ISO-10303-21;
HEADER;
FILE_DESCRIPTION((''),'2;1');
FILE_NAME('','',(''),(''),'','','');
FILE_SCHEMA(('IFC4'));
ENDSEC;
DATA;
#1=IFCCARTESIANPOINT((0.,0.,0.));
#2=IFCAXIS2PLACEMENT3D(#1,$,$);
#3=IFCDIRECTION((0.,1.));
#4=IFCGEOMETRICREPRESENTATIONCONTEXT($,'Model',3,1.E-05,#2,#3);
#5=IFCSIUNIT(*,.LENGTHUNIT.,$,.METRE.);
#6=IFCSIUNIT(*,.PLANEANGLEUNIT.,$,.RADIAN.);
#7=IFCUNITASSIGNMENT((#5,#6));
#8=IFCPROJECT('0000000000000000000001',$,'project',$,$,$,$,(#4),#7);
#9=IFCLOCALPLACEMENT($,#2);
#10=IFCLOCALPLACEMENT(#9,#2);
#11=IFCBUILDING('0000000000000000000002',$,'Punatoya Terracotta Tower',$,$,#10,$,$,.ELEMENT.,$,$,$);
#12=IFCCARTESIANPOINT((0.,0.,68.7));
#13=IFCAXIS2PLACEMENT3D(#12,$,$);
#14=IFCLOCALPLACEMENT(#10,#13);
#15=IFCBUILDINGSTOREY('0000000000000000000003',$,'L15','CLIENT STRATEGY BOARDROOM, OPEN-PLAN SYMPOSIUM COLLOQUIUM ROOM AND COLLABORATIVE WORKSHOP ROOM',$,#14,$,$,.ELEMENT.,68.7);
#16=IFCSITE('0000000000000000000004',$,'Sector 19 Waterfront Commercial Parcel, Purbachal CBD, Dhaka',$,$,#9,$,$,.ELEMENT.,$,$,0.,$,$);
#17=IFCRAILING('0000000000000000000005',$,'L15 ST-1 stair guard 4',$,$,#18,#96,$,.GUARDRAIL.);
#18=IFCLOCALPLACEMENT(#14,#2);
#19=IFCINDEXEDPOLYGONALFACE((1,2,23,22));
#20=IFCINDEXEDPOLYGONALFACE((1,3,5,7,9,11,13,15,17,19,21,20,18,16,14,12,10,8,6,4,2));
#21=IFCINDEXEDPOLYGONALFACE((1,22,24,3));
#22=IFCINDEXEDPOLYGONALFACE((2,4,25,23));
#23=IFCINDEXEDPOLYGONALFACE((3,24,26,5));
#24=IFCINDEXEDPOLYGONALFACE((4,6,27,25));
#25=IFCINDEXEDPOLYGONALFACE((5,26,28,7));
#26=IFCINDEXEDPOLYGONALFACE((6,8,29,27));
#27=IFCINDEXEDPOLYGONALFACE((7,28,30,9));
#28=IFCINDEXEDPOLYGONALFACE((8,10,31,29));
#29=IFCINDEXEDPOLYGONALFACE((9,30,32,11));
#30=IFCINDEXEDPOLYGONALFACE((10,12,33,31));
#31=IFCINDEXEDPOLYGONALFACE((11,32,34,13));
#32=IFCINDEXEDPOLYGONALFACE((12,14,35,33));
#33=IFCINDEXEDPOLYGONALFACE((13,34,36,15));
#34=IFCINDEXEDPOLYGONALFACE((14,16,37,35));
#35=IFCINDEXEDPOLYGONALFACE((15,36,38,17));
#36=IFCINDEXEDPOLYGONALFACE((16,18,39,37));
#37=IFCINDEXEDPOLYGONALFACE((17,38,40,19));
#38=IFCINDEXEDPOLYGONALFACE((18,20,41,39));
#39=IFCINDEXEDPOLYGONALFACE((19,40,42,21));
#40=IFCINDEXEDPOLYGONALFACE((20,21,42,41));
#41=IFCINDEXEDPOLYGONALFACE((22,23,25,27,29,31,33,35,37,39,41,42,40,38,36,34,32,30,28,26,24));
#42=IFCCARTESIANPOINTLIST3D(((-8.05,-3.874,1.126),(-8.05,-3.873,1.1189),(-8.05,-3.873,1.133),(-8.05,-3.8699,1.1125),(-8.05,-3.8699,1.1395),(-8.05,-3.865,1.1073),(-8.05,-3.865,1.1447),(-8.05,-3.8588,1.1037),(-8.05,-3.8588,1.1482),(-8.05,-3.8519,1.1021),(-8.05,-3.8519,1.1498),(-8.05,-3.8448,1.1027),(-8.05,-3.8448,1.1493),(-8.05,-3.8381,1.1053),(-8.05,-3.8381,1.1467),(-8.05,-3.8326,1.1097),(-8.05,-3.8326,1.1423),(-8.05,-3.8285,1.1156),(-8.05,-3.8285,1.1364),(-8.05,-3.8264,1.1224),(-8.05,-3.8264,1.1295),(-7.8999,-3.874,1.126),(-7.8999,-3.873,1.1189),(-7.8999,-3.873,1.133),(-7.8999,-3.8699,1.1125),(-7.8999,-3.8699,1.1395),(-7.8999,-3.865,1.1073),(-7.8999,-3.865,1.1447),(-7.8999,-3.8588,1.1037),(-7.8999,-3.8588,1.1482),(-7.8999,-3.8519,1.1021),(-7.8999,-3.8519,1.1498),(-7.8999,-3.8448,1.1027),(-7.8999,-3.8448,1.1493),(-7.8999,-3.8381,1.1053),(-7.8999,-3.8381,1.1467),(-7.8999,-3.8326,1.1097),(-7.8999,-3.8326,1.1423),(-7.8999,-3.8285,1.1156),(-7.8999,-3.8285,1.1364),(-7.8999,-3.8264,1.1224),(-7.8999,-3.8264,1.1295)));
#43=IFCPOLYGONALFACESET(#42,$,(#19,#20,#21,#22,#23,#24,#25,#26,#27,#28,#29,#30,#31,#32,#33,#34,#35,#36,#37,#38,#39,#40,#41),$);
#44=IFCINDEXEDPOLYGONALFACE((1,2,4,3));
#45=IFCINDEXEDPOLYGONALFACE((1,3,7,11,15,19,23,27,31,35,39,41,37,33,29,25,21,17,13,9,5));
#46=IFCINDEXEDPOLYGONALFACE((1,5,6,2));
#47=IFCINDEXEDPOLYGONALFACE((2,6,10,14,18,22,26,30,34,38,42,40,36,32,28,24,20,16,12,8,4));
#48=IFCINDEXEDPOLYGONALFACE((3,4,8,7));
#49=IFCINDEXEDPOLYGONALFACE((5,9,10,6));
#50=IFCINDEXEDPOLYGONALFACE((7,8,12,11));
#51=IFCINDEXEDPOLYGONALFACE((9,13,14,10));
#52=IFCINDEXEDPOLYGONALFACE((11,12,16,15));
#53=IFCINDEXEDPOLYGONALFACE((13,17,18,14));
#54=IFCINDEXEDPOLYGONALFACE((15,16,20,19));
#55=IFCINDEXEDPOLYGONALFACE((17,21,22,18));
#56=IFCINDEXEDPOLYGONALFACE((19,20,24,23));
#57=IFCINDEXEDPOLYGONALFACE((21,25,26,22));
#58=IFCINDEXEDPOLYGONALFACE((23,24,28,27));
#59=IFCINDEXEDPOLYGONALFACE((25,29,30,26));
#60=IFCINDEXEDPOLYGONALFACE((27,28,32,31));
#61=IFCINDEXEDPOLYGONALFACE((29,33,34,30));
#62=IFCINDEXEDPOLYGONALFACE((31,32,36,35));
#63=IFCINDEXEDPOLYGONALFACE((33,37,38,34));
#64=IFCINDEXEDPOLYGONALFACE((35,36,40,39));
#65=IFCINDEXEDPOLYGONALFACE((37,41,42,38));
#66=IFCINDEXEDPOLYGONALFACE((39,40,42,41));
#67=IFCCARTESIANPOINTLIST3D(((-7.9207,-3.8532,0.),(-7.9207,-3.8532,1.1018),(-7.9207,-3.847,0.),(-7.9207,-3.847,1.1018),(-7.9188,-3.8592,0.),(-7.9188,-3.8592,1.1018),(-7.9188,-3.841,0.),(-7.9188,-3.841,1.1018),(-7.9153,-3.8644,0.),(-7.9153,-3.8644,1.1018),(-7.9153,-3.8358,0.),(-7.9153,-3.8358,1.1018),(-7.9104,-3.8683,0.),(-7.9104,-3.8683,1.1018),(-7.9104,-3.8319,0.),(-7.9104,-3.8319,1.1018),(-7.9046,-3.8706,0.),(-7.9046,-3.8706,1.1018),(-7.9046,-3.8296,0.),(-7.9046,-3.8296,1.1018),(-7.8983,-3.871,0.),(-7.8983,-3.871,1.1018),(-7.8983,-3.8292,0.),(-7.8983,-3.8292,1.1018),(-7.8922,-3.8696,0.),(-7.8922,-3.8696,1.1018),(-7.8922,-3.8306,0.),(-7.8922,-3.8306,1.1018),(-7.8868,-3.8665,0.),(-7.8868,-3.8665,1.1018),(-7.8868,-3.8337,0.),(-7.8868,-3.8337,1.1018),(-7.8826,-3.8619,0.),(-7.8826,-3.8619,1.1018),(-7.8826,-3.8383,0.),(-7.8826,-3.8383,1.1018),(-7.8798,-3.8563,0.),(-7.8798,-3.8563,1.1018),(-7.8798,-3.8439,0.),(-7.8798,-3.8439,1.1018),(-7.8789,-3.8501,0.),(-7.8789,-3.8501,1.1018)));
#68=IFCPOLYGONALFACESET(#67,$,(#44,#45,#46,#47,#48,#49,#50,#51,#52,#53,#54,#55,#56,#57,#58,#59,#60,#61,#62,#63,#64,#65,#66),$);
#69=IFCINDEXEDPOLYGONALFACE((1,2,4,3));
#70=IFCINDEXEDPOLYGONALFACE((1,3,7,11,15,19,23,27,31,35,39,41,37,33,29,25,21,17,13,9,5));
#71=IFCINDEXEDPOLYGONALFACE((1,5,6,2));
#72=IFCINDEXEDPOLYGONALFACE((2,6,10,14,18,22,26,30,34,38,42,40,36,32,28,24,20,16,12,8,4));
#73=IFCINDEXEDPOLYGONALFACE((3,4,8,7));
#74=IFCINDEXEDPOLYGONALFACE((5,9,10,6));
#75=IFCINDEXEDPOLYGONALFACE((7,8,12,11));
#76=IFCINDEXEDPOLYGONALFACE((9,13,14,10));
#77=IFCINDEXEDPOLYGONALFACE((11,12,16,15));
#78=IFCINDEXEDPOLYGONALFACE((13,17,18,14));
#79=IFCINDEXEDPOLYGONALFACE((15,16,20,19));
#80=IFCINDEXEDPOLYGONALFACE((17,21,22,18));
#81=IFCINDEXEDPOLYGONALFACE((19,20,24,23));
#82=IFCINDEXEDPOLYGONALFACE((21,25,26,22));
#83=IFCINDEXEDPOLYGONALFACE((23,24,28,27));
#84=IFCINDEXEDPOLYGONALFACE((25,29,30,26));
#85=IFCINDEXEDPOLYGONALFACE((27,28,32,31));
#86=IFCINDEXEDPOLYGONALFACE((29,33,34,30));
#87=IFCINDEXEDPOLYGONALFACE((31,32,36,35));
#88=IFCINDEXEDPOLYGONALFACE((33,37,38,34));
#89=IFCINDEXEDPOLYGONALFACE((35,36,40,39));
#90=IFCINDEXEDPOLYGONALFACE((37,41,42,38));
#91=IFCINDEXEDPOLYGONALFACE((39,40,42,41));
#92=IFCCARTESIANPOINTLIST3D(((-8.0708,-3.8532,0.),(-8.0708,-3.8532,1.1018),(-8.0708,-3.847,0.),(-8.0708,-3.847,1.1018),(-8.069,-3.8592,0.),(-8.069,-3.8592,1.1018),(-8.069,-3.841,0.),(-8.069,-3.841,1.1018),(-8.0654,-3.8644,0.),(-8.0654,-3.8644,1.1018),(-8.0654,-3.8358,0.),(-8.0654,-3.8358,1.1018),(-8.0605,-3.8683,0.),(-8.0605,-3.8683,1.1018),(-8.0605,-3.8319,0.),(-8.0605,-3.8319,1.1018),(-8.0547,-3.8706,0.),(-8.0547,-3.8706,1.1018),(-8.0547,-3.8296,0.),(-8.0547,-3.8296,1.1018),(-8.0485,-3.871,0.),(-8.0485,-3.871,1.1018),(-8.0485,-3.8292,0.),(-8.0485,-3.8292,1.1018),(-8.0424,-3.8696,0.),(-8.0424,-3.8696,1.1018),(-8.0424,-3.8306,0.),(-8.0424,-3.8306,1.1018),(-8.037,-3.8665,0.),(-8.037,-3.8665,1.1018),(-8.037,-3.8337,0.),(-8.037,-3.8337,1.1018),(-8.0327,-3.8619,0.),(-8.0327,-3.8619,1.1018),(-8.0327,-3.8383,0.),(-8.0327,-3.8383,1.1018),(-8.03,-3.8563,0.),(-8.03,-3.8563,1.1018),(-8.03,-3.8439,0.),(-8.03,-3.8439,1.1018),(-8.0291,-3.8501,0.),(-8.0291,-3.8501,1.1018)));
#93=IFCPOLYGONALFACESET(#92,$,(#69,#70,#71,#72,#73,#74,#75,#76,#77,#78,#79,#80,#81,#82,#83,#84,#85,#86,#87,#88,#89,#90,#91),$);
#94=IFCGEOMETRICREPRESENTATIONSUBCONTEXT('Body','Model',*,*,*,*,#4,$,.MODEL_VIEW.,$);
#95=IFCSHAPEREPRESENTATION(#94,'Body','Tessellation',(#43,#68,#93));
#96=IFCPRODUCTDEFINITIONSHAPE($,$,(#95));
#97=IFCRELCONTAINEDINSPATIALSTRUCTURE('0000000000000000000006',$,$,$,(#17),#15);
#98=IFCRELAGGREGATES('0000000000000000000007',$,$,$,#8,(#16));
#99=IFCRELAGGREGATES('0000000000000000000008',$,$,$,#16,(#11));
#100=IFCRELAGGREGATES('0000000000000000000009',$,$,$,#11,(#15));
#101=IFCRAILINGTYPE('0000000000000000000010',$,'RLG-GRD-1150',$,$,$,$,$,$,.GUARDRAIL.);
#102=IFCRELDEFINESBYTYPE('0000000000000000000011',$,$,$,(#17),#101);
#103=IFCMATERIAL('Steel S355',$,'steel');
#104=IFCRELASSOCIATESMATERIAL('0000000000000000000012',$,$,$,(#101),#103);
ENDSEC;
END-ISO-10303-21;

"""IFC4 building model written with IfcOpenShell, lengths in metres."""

from ifc_helpers import new_model, si_unit, direction, frame, origin, origin_2d, place, context, subcontext, project, spatial, circle, extrude, material, type_object, element, save


model = new_model("IFC4")

# Units and contexts
model_context = context("Model", 3, precision=1e-05, world=origin(), true_north=direction((0.0, 1.0)))
body_context = subcontext(model_context, "Body", "Model", "MODEL_VIEW")
ifc_project = project(units=[si_unit("LENGTHUNIT", "METRE"), si_unit("PLANEANGLEUNIT", "RADIAN")], contexts=[model_context])

# Site, building, storey
site_placement = place(None, origin())
site = spatial("IfcSite", under=ifc_project, at=site_placement, Name="Sector 19 Waterfront Commercial Parcel, Purbachal CBD, Dhaka", CompositionType="ELEMENT", RefElevation=0.0)
building_placement = place(site_placement, origin())
building = spatial("IfcBuilding", under=site, at=building_placement, Name="Punatoya Terracotta Tower", CompositionType="ELEMENT")
storey_placement = place(building_placement, frame((0.0, 0.0, 68.7)))
storey = spatial("IfcBuildingStorey", under=building, at=storey_placement, Name="L15", Description="CLIENT STRATEGY BOARDROOM, OPEN-PLAN SYMPOSIUM COLLOQUIUM ROOM AND COLLABORATIVE WORKSHOP ROOM", CompositionType="ELEMENT", Elevation=68.7)

# Railing
ifc_material_1 = material(Name="Steel S355", Category="steel")
railing_type_1 = type_object("IfcRailingType", Name="RLG-GRD-1150", PredefinedType="GUARDRAIL", material=ifc_material_1)
railing_1_placement = place(storey_placement, frame((-7.8999, -3.8501, 0.0)))
element("IfcRailing", 1, at=railing_1_placement, inside=storey, type_object=railing_type_1, Name="L15 ST-1 stair guard 4", PredefinedType="GUARDRAIL", context=body_context, shape_type="SweptSolid", body=[
    extrude(circle(Radius=0.0239, at=origin_2d()), frame((0.0, 0.0, 1.126), z_axis=(-1.0, 0.0, 0.0), x_axis=(0.0, -1.0, 0.0)), (0.0, 0.0, 1.0), 0.1501),
    extrude(circle(Radius=0.021, at=origin_2d()), origin(), (0.0, 0.0, 1.0), 1.1018),
    extrude(circle(Radius=0.021, at=origin_2d()), frame((-0.1501, 0.0, 0.0)), (0.0, 0.0, 1.0), 1.1018),
])

save(model, "model.ifc")
